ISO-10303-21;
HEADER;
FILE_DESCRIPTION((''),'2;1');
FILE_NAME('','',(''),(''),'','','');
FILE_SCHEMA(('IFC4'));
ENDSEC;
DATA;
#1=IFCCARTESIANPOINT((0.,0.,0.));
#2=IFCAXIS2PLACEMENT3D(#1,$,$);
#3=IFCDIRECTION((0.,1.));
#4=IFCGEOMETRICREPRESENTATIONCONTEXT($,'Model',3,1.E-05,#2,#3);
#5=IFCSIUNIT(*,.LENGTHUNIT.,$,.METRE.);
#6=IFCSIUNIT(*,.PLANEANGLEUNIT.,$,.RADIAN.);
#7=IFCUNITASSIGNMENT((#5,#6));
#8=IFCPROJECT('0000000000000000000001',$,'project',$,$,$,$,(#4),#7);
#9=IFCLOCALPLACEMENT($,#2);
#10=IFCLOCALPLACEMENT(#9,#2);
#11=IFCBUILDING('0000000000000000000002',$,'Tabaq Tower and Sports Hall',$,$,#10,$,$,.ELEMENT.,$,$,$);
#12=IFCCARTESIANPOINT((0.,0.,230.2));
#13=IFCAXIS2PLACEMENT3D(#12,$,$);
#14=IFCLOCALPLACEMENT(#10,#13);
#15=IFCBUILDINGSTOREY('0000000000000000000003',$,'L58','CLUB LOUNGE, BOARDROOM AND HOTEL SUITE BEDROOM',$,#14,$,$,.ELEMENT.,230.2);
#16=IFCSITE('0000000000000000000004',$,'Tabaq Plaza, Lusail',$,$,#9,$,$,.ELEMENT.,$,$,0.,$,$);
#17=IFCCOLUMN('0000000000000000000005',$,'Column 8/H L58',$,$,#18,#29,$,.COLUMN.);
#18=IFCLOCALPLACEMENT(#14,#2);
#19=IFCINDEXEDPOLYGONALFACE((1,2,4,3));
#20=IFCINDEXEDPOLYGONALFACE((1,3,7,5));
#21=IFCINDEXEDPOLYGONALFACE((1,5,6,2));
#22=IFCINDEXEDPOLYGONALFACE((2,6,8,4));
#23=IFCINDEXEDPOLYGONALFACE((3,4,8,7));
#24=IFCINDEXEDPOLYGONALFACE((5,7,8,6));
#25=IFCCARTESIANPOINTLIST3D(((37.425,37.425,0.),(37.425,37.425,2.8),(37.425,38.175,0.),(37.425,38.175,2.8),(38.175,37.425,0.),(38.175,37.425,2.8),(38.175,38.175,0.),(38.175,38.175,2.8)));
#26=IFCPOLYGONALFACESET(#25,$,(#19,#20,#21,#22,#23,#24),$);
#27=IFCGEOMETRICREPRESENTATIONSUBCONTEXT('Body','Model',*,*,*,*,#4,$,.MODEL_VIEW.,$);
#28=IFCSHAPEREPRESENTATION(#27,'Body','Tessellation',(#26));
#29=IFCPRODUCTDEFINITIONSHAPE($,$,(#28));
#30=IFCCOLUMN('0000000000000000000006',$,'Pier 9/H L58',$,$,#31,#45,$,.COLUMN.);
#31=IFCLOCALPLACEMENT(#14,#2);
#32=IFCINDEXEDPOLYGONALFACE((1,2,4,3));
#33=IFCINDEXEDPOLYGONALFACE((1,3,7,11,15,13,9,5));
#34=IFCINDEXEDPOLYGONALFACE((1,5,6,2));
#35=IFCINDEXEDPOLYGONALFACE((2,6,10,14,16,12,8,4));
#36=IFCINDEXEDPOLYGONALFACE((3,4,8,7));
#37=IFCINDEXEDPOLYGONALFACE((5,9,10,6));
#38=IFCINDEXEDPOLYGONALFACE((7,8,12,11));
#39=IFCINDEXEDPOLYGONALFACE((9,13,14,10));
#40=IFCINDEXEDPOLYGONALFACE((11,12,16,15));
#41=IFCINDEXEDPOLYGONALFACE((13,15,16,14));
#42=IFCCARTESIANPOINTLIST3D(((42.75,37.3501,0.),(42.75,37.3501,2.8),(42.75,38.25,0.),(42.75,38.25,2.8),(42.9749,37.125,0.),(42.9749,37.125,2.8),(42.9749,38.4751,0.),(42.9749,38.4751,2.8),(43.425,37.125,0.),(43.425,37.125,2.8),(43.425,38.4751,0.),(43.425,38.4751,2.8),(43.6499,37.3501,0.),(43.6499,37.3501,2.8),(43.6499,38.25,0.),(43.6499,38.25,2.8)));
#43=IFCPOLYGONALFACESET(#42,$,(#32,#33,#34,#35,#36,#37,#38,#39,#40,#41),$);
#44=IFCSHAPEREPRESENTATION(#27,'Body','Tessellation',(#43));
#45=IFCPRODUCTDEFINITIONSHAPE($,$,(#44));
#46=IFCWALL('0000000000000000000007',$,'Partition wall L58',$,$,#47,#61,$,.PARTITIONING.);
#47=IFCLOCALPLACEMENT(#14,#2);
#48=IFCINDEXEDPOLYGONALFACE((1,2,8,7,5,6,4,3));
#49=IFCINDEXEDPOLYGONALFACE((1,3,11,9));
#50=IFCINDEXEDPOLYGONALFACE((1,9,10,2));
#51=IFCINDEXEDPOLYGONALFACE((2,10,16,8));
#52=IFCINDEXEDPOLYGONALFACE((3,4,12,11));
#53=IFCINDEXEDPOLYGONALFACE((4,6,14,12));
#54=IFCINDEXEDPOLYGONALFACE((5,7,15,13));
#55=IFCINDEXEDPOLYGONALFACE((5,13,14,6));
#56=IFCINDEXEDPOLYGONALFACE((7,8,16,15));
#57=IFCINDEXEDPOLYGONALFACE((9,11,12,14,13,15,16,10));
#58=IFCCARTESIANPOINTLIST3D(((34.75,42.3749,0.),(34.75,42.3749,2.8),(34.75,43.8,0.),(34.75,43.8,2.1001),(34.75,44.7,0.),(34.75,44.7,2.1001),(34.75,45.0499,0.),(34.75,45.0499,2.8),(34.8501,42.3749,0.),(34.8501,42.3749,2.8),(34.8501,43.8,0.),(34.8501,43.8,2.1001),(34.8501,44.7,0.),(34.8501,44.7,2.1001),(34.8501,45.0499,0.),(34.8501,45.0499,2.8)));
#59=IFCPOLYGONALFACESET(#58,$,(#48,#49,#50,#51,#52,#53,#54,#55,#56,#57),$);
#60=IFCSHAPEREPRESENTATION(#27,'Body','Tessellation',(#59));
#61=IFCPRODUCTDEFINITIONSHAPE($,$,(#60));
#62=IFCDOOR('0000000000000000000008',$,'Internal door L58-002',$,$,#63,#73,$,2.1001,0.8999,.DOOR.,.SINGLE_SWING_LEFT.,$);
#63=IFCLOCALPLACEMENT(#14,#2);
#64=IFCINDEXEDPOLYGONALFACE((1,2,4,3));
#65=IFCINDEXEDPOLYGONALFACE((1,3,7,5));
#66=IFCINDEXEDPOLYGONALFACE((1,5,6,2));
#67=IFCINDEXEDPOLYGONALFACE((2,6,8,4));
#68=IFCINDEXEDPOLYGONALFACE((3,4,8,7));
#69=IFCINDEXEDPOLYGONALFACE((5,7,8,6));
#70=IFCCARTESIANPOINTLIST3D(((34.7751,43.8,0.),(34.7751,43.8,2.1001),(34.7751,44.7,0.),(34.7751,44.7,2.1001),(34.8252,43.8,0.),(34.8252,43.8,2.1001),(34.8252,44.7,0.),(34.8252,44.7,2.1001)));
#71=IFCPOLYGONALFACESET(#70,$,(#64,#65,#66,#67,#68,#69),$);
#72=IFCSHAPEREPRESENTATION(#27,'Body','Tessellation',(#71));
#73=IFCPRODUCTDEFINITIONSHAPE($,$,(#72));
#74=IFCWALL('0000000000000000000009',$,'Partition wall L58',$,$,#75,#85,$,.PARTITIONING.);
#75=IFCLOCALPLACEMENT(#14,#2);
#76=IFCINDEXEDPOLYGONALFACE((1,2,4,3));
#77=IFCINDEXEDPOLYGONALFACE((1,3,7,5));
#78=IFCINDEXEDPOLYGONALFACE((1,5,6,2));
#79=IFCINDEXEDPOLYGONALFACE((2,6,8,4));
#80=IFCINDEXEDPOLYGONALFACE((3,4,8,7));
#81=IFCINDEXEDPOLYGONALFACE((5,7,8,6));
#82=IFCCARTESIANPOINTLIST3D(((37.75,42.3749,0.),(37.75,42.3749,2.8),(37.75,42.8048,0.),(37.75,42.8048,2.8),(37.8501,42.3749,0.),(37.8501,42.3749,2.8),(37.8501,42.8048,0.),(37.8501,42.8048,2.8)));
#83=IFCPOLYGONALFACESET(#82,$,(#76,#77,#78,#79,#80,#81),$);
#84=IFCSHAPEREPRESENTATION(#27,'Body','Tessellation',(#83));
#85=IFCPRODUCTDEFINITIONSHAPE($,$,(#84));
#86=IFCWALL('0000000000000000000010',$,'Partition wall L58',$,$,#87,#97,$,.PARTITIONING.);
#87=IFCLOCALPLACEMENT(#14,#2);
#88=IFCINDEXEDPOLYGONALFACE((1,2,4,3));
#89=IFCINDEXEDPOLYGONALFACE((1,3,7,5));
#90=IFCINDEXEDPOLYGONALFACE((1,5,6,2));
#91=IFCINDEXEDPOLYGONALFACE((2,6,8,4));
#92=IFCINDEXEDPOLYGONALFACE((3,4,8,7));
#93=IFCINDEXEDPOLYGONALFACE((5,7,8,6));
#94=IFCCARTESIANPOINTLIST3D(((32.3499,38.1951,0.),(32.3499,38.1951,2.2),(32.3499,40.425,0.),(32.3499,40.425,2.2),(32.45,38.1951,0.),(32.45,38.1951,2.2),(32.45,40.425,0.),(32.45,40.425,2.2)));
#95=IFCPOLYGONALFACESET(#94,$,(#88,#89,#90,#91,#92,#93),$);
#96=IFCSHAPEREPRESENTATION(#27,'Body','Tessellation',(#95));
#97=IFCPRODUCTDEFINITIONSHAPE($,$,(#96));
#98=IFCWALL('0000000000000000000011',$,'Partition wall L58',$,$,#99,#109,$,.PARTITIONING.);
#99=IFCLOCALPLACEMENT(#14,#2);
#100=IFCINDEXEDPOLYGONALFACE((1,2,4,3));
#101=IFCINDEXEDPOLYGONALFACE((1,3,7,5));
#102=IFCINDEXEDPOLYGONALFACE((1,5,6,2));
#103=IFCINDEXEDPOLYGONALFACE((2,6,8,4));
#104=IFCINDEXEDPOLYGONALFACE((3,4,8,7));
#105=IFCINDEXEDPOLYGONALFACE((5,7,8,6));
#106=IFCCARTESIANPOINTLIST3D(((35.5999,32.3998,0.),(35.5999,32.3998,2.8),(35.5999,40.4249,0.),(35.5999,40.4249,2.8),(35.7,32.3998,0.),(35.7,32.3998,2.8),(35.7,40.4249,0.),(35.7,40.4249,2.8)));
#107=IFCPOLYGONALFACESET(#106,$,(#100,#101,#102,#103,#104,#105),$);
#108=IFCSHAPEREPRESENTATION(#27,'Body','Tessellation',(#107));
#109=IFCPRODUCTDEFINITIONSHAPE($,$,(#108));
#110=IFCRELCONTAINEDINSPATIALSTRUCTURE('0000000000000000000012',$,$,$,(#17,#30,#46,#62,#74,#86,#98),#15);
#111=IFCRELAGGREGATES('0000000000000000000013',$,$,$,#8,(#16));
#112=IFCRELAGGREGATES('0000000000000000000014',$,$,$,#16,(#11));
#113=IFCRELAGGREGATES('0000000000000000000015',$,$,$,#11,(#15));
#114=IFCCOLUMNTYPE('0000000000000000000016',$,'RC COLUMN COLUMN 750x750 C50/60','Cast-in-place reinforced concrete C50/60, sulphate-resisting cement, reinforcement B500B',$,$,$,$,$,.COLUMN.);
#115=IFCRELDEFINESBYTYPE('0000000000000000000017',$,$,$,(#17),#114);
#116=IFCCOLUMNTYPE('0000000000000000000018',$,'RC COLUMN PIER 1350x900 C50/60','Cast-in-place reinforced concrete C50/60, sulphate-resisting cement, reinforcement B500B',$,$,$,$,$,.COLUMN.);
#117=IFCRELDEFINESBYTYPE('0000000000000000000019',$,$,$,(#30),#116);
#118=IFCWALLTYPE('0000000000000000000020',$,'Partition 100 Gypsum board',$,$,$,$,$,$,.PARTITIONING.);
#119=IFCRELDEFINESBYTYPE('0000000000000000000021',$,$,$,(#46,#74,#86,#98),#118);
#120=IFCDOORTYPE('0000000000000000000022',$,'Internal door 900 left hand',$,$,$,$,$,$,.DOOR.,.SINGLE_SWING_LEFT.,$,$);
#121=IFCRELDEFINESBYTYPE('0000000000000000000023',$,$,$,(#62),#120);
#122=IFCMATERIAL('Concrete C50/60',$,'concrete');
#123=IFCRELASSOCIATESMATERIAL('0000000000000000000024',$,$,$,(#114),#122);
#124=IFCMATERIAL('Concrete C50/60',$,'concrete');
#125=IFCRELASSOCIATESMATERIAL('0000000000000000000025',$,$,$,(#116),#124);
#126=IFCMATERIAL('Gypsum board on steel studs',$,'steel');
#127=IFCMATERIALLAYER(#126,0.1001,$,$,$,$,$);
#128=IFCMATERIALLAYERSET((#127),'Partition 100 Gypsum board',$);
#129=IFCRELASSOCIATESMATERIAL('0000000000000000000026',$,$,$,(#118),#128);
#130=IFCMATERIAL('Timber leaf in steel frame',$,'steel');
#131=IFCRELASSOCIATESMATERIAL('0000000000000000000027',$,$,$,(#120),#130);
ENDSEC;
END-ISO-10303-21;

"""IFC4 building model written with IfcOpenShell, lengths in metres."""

from ifc_helpers import new_model, si_unit, direction, frame, frame_2d, origin, origin_2d, place, context, subcontext, project, spatial, polyline, rectangle, outline, extrude, material, layer, layer_set, material_profile, profile_set, type_object, element, fill, save


model = new_model("IFC4")

# Units and contexts
model_context = context("Model", 3, precision=1e-05, world=origin(), true_north=direction((0.0, 1.0)))
body_context = subcontext(model_context, "Body", "Model", "MODEL_VIEW")
ifc_project = project(units=[si_unit("LENGTHUNIT", "METRE"), si_unit("PLANEANGLEUNIT", "RADIAN")], contexts=[model_context])

# Site, building, storey
site_placement = place(None, origin())
site = spatial("IfcSite", under=ifc_project, at=site_placement, Name="Tabaq Plaza, Lusail", CompositionType="ELEMENT", RefElevation=0.0)
building_placement = place(site_placement, origin())
building = spatial("IfcBuilding", under=site, at=building_placement, Name="Tabaq Tower and Sports Hall", CompositionType="ELEMENT")
storey_placement = place(building_placement, frame((0.0, 0.0, 230.2)))
storey = spatial("IfcBuildingStorey", under=building, at=storey_placement, Name="L58", Description="CLUB LOUNGE, BOARDROOM AND HOTEL SUITE BEDROOM", CompositionType="ELEMENT", Elevation=230.2)

# Columns
ifc_material_1 = material(Name="Concrete C50/60", Category="concrete")
ifc_material_profile_1 = material_profile(ifc_material_1, rectangle(XDim=0.75, YDim=0.75, at=origin_2d()), Name="COLUMN 750x750")
ifc_profile_set_1 = profile_set([ifc_material_profile_1], Name="Concrete C50/60")
column_type_1 = type_object("IfcColumnType", Name="RC COLUMN COLUMN 750x750 C50/60", Description="Cast-in-place reinforced concrete C50/60, sulphate-resisting cement, reinforcement B500B", PredefinedType="COLUMN", material=ifc_profile_set_1)
column_1_placement = place(storey_placement, frame((37.8, 37.8, 0.0), z_axis=(0.0, 0.0, 1.0), x_axis=(1.0, 0.0, 0.0)))
element("IfcColumn", 1, at=column_1_placement, inside=storey, type_object=column_type_1, Name="Column 8/H L58", PredefinedType="COLUMN", context=body_context, shape_type="SweptSolid", body=[
    extrude(rectangle(XDim=0.75, YDim=0.75, at=origin_2d()), origin(), (0.0, 0.0, 1.0), 2.8),
])
ifc_material_2 = material(Name="Concrete C50/60", Category="concrete")
ifc_material_profile_2 = material_profile(ifc_material_2, outline(polyline([(-0.45, -0.45), (0.45, -0.45), (0.675, -0.2251), (0.675, 0.2251), (0.45, 0.45), (-0.45, 0.45), (-0.675, 0.2251), (-0.675, -0.2251), (-0.45, -0.45)])), Name="PIER 1350x900")
ifc_profile_set_2 = profile_set([ifc_material_profile_2], Name="Concrete C50/60")
column_type_2 = type_object("IfcColumnType", Name="RC COLUMN PIER 1350x900 C50/60", Description="Cast-in-place reinforced concrete C50/60, sulphate-resisting cement, reinforcement B500B", PredefinedType="COLUMN", material=ifc_profile_set_2)
column_2_placement = place(storey_placement, frame((43.2, 37.8, 0.0), z_axis=(0.0, 0.0, 1.0), x_axis=(0.0, 1.0, 0.0)))
element("IfcColumn", 2, at=column_2_placement, inside=storey, type_object=column_type_2, Name="Pier 9/H L58", PredefinedType="COLUMN", context=body_context, shape_type="SweptSolid", body=[
    extrude(outline(polyline([(-0.45, -0.45), (0.45, -0.45), (0.675, -0.2251), (0.675, 0.2251), (0.45, 0.45), (-0.45, 0.45), (-0.675, 0.2251), (-0.675, -0.2251), (-0.45, -0.45)])), origin(), (0.0, 0.0, 1.0), 2.8),
])

# Wall, opening, door
ifc_material_3 = material(Name="Gypsum board on steel studs", Category="steel")
ifc_layer_1 = layer(ifc_material_3, 0.1001)
ifc_layer_set_1 = layer_set([ifc_layer_1], Name="Partition 100 Gypsum board")
wall_type_1 = type_object("IfcWallType", Name="Partition 100 Gypsum board", PredefinedType="PARTITIONING", material=ifc_layer_set_1)
wall_1_placement = place(storey_placement, frame((34.8, 42.375, 0.0), z_axis=(0.0, 0.0, 1.0), x_axis=(0.0, 1.0, 0.0)))
wall_1 = element("IfcWall", 3, at=wall_1_placement, inside=storey, type_object=wall_type_1, Name="Partition wall L58", PredefinedType="PARTITIONING", context=body_context, shape_type="SweptSolid", body=[
    extrude(rectangle(XDim=2.675, YDim=0.1001, at=frame_2d((1.3374, 0.0))), origin(), (0.0, 0.0, 1.0), 2.8),
])
opening_1_placement = place(wall_1_placement, frame((1.425, 0.0, 0.0)))
opening_1 = element("IfcOpeningElement", 4, at=opening_1_placement, cuts=wall_1, PredefinedType="OPENING", context=body_context, shape_type="SweptSolid", body=[
    extrude(rectangle(XDim=0.8999, YDim=2.1001, at=frame_2d((0.45, 1.05))), frame((0.0, 0.05, 0.0), z_axis=(0.0, -1.0, 0.0), x_axis=(1.0, 0.0, 0.0)), (0.0, 0.0, 1.0), 0.1001),
])
ifc_material_4 = material(Name="Timber leaf in steel frame", Category="steel")
door_type_1 = type_object("IfcDoorType", Name="Internal door 900 left hand", OperationType="SINGLE_SWING_LEFT", PredefinedType="DOOR", material=ifc_material_4)
door_1_placement = place(opening_1_placement, origin())
door_1 = element("IfcDoor", 5, at=door_1_placement, inside=storey, type_object=door_type_1, Name="Internal door L58-002", OperationType="SINGLE_SWING_LEFT", OverallHeight=2.1001, OverallWidth=0.8999, PredefinedType="DOOR", context=body_context, shape_type="SweptSolid", body=[
    extrude(rectangle(XDim=0.8999, YDim=2.1001, at=frame_2d((0.45, 1.05))), frame((0.0, 0.0249, 0.0), z_axis=(0.0, -1.0, 0.0), x_axis=(1.0, 0.0, 0.0)), (0.0, 0.0, 1.0), 0.05),
])
fill(opening_1, door_1)

# Walls
wall_2_placement = place(storey_placement, frame((37.8, 42.375, 0.0), z_axis=(0.0, 0.0, 1.0), x_axis=(0.0, 1.0, 0.0)))
element("IfcWall", 6, at=wall_2_placement, inside=storey, type_object=wall_type_1, Name="Partition wall L58", PredefinedType="PARTITIONING", context=body_context, shape_type="SweptSolid", body=[
    extrude(rectangle(XDim=0.4299, YDim=0.1001, at=frame_2d((0.2148, 0.0))), origin(), (0.0, 0.0, 1.0), 2.8),
])
wall_3_placement = place(storey_placement, frame((32.3999, 38.1951, 0.0), z_axis=(0.0, 0.0, 1.0), x_axis=(0.0, 1.0, 0.0)))
element("IfcWall", 7, at=wall_3_placement, inside=storey, type_object=wall_type_1, Name="Partition wall L58", PredefinedType="PARTITIONING", context=body_context, shape_type="SweptSolid", body=[
    extrude(rectangle(XDim=2.23, YDim=0.1001, at=frame_2d((1.115, 0.0))), origin(), (0.0, 0.0, 1.0), 2.2),
])
wall_4_placement = place(storey_placement, frame((35.6499, 40.425, 0.0), z_axis=(0.0, 0.0, 1.0), x_axis=(0.0, -1.0, 0.0)))
element("IfcWall", 8, at=wall_4_placement, inside=storey, type_object=wall_type_1, Name="Partition wall L58", PredefinedType="PARTITIONING", context=body_context, shape_type="SweptSolid", body=[
    extrude(rectangle(XDim=8.0251, YDim=0.1001, at=frame_2d((4.0127, 0.0))), origin(), (0.0, 0.0, 1.0), 2.8),
])

save(model, "model.ifc")
